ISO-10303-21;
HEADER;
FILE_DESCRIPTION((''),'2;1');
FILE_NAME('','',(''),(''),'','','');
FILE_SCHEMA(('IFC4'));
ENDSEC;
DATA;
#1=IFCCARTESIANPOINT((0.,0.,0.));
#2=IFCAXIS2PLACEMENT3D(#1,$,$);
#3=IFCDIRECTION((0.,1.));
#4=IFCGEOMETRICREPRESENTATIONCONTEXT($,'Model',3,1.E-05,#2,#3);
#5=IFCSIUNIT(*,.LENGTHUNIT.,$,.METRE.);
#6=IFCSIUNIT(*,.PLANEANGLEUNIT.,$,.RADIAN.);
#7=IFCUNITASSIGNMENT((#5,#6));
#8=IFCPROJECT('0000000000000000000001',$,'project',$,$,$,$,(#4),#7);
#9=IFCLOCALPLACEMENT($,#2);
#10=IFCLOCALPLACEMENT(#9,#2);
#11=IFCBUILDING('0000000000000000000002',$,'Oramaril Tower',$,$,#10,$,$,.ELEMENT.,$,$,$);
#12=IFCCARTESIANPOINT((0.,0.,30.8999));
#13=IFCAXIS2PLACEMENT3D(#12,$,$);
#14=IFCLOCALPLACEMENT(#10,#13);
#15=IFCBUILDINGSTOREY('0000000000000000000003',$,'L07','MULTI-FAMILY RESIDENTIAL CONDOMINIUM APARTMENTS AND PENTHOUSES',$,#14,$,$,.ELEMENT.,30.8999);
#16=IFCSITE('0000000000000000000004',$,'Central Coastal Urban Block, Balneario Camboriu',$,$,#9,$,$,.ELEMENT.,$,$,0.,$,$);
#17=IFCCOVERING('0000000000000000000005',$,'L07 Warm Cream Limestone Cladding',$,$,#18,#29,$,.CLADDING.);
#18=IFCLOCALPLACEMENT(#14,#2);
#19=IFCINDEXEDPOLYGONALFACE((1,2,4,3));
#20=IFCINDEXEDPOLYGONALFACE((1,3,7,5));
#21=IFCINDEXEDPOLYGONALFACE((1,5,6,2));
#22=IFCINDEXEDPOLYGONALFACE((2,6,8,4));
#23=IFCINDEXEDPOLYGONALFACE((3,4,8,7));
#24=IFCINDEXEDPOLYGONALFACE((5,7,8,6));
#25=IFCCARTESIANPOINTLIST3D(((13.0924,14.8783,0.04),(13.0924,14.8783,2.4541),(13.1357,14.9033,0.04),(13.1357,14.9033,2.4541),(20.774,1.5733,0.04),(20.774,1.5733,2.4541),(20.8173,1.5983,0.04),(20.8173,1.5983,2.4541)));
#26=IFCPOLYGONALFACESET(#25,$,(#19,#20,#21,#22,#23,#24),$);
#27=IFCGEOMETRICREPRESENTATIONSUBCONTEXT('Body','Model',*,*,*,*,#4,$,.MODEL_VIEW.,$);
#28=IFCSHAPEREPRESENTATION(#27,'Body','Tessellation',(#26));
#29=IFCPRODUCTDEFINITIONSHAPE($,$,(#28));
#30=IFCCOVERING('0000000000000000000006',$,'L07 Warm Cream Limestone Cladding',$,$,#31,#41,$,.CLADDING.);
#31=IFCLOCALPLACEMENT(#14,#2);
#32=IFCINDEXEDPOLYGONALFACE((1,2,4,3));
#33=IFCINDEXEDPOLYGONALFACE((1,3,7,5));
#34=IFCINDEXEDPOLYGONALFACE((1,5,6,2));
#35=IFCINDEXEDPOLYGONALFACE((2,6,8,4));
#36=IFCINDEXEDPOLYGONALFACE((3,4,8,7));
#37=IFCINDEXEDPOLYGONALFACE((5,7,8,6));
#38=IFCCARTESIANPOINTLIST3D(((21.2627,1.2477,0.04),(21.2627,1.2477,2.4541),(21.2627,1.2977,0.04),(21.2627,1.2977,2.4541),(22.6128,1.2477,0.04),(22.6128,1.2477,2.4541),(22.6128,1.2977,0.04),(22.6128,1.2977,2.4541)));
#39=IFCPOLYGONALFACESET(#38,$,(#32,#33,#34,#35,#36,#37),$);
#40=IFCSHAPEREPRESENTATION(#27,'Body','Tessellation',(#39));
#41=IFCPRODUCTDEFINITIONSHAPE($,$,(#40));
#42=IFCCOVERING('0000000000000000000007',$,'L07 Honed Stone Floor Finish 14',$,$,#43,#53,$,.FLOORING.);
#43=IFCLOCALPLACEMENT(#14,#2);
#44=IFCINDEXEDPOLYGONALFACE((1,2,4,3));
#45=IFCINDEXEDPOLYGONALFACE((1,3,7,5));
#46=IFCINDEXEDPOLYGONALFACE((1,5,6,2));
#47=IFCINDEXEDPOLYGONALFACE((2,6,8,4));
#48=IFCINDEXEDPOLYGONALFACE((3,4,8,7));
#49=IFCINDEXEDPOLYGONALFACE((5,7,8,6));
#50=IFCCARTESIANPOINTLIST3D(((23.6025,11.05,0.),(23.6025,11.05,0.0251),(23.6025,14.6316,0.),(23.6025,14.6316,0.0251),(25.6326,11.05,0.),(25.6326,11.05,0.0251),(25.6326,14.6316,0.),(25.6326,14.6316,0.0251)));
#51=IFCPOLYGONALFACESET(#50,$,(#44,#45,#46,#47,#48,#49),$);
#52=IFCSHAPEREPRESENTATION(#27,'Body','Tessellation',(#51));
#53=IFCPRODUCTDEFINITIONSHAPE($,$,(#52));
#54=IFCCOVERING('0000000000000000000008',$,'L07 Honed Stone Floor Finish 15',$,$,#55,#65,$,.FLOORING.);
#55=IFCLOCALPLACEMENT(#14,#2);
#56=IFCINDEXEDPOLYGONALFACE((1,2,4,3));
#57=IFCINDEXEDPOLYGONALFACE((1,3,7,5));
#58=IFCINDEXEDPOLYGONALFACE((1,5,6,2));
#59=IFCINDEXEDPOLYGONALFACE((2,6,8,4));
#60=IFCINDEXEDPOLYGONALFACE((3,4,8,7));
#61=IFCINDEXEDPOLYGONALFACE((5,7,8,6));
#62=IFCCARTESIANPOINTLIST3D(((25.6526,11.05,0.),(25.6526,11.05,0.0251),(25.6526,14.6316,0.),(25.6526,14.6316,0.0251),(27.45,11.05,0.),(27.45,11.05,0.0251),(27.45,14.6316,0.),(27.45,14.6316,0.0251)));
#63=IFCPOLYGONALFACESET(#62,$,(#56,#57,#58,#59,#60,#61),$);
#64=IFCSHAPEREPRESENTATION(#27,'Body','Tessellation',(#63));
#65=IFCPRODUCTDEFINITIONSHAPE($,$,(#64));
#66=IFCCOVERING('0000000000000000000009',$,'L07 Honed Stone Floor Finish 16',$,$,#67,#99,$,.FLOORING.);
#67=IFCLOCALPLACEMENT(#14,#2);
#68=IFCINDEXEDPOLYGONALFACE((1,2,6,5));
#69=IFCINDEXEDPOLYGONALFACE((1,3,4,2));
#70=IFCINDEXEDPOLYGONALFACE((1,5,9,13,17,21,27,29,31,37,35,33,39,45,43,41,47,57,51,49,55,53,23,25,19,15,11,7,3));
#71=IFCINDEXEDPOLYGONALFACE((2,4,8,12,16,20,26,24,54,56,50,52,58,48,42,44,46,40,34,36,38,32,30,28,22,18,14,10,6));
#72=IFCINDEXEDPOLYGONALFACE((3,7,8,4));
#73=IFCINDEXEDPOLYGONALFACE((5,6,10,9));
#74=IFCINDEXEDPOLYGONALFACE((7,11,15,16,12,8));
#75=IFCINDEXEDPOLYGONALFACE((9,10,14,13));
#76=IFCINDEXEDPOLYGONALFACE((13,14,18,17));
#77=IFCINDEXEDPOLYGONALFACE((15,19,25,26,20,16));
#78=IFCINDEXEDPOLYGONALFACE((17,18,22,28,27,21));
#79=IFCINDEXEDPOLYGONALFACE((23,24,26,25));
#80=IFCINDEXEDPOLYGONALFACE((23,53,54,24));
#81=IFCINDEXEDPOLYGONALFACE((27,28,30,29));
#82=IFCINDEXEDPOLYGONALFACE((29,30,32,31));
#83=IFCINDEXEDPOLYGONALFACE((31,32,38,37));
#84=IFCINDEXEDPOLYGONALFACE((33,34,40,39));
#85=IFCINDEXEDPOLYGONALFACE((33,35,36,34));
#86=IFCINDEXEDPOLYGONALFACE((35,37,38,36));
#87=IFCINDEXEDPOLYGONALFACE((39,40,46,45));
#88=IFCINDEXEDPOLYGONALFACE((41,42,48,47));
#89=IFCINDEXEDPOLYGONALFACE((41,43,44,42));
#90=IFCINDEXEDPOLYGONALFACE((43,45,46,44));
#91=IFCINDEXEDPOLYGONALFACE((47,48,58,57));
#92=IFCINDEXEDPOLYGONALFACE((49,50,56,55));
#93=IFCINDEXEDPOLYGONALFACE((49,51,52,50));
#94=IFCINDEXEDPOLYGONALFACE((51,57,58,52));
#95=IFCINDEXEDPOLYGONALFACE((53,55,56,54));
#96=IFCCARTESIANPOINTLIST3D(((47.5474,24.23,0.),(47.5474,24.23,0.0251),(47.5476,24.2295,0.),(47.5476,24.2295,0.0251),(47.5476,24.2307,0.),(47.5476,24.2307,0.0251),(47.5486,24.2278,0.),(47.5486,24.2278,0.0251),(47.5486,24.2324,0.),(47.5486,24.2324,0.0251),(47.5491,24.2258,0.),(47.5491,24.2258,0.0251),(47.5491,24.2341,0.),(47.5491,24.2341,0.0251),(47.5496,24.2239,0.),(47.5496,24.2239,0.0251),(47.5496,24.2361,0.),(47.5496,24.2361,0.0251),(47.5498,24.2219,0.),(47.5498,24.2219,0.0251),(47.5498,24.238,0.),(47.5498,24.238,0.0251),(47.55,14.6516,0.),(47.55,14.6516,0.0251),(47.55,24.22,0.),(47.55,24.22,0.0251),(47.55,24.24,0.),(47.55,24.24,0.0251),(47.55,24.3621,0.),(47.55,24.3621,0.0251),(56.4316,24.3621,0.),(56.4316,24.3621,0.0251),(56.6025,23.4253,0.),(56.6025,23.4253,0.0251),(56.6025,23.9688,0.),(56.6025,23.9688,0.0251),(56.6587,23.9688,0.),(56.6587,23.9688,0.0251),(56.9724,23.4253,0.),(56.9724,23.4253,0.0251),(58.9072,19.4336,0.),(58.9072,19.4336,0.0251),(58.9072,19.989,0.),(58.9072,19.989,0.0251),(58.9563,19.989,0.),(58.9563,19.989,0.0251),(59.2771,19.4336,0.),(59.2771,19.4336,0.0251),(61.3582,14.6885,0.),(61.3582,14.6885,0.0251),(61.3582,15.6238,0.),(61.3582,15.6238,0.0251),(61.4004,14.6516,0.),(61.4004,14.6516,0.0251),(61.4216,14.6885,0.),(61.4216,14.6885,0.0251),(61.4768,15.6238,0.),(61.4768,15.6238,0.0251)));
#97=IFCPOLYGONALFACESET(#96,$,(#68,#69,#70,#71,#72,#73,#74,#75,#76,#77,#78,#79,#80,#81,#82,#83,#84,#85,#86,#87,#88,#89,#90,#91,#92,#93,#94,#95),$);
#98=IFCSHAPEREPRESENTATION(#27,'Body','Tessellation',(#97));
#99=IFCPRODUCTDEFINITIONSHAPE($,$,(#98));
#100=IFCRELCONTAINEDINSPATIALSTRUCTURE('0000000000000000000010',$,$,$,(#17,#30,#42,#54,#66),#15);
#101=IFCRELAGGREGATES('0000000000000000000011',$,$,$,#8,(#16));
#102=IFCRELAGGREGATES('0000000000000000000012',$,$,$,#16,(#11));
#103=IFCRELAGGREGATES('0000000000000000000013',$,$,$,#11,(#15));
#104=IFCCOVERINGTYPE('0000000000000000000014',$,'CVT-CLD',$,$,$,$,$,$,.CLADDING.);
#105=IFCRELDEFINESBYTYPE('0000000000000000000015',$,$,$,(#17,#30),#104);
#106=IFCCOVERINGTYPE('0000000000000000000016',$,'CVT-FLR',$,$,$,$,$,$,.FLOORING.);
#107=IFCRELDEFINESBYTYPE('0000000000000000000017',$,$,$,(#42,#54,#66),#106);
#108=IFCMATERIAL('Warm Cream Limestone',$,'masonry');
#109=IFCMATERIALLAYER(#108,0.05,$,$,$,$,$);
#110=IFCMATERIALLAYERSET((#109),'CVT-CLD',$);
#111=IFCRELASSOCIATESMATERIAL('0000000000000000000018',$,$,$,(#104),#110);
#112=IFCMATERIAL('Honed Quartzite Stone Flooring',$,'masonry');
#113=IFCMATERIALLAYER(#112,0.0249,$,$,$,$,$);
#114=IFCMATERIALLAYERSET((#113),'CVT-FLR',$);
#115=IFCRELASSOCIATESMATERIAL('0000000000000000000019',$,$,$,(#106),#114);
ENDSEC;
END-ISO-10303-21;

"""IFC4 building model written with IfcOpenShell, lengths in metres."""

from ifc_helpers import new_model, si_unit, direction, frame, origin, origin_2d, place, context, subcontext, project, spatial, polyline, rectangle, outline, extrude, material, layer, layer_set, type_object, element, save


model = new_model("IFC4")

# Units and contexts
model_context = context("Model", 3, precision=1e-05, world=origin(), true_north=direction((0.0, 1.0)))
body_context = subcontext(model_context, "Body", "Model", "MODEL_VIEW")
ifc_project = project(units=[si_unit("LENGTHUNIT", "METRE"), si_unit("PLANEANGLEUNIT", "RADIAN")], contexts=[model_context])

# Site, building, storey
site_placement = place(None, origin())
site = spatial("IfcSite", under=ifc_project, at=site_placement, Name="Central Coastal Urban Block, Balneario Camboriu", CompositionType="ELEMENT", RefElevation=0.0)
building_placement = place(site_placement, origin())
building = spatial("IfcBuilding", under=site, at=building_placement, Name="Oramaril Tower", CompositionType="ELEMENT")
storey_placement = place(building_placement, frame((0.0, 0.0, 30.8999)))
storey = spatial("IfcBuildingStorey", under=building, at=storey_placement, Name="L07", Description="MULTI-FAMILY RESIDENTIAL CONDOMINIUM APARTMENTS AND PENTHOUSES", CompositionType="ELEMENT", Elevation=30.8999)

# Coverings
ifc_material_1 = material(Name="Warm Cream Limestone", Category="masonry")
ifc_layer_1 = layer(ifc_material_1, 0.05)
ifc_layer_set_1 = layer_set([ifc_layer_1], Name="CVT-CLD")
covering_type_1 = type_object("IfcCoveringType", Name="CVT-CLD", PredefinedType="CLADDING", material=ifc_layer_set_1)
covering_1_placement = place(storey_placement, frame((16.9548, 8.2383, 0.04), z_axis=(0.0, 0.0, 1.0), x_axis=(0.499998, -0.866026, 0.0)))
element("IfcCovering", 1, at=covering_1_placement, inside=storey, type_object=covering_type_1, Name="L07 Warm Cream Limestone Cladding", PredefinedType="CLADDING", context=body_context, shape_type="SweptSolid", body=[
    extrude(rectangle(XDim=15.3633, YDim=0.05, at=origin_2d()), origin(), (0.0, 0.0, 1.0), 2.4141),
])
covering_2_placement = place(storey_placement, frame((21.9377, 1.2727, 0.04), z_axis=(0.0, 0.0, 1.0), x_axis=(1.0, 0.0, 0.0)))
element("IfcCovering", 2, at=covering_2_placement, inside=storey, type_object=covering_type_1, Name="L07 Warm Cream Limestone Cladding", PredefinedType="CLADDING", context=body_context, shape_type="SweptSolid", body=[
    extrude(rectangle(XDim=1.3501, YDim=0.05, at=origin_2d()), origin(), (0.0, 0.0, 1.0), 2.4141),
])
ifc_material_2 = material(Name="Honed Quartzite Stone Flooring", Category="masonry")
ifc_layer_2 = layer(ifc_material_2, 0.0249)
ifc_layer_set_2 = layer_set([ifc_layer_2], Name="CVT-FLR")
covering_type_2 = type_object("IfcCoveringType", Name="CVT-FLR", PredefinedType="FLOORING", material=ifc_layer_set_2)
covering_3_placement = place(storey_placement, origin())
element("IfcCovering", 3, at=covering_3_placement, inside=storey, type_object=covering_type_2, Name="L07 Honed Stone Floor Finish 14", PredefinedType="FLOORING", context=body_context, shape_type="SweptSolid", body=[
    extrude(outline(polyline([(25.6326, 11.05), (23.6025, 11.05), (23.6025, 14.6316), (25.6326, 14.6316), (25.6326, 11.05)])), origin(), (0.0, 0.0, 1.0), 0.0251),
])
covering_4_placement = place(storey_placement, origin())
element("IfcCovering", 4, at=covering_4_placement, inside=storey, type_object=covering_type_2, Name="L07 Honed Stone Floor Finish 15", PredefinedType="FLOORING", context=body_context, shape_type="SweptSolid", body=[
    extrude(outline(polyline([(25.6526, 14.6316), (27.45, 14.6316), (27.45, 11.05), (25.6526, 11.05), (25.6526, 14.6316)])), origin(), (0.0, 0.0, 1.0), 0.0251),
])
covering_5_placement = place(storey_placement, origin())
element("IfcCovering", 5, at=covering_5_placement, inside=storey, type_object=covering_type_2, Name="L07 Honed Stone Floor Finish 16", PredefinedType="FLOORING", context=body_context, shape_type="SweptSolid", body=[
    extrude(outline(polyline([(56.6587, 23.9688), (56.6025, 23.9688), (56.6025, 23.4253), (56.9724, 23.4253), (58.9563, 19.989), (58.9072, 19.989), (58.9072, 19.4336), (59.2771, 19.4336), (61.4768, 15.6238), (61.3582, 15.6238), (61.3582, 14.6885), (61.4216, 14.6885), (61.4004, 14.6516), (47.55, 14.6516), (47.55, 24.22), (47.5498, 24.2219), (47.5496, 24.2239), (47.5491, 24.2258), (47.5486, 24.2278), (47.5476, 24.2295), (47.5474, 24.23), (47.5476, 24.2307), (47.5486, 24.2324), (47.5491, 24.2341), (47.5496, 24.2361), (47.5498, 24.238), (47.55, 24.24), (47.55, 24.3621), (56.4316, 24.3621), (56.6587, 23.9688)])), origin(), (0.0, 0.0, 1.0), 0.0251),
])

save(model, "model.ifc")
